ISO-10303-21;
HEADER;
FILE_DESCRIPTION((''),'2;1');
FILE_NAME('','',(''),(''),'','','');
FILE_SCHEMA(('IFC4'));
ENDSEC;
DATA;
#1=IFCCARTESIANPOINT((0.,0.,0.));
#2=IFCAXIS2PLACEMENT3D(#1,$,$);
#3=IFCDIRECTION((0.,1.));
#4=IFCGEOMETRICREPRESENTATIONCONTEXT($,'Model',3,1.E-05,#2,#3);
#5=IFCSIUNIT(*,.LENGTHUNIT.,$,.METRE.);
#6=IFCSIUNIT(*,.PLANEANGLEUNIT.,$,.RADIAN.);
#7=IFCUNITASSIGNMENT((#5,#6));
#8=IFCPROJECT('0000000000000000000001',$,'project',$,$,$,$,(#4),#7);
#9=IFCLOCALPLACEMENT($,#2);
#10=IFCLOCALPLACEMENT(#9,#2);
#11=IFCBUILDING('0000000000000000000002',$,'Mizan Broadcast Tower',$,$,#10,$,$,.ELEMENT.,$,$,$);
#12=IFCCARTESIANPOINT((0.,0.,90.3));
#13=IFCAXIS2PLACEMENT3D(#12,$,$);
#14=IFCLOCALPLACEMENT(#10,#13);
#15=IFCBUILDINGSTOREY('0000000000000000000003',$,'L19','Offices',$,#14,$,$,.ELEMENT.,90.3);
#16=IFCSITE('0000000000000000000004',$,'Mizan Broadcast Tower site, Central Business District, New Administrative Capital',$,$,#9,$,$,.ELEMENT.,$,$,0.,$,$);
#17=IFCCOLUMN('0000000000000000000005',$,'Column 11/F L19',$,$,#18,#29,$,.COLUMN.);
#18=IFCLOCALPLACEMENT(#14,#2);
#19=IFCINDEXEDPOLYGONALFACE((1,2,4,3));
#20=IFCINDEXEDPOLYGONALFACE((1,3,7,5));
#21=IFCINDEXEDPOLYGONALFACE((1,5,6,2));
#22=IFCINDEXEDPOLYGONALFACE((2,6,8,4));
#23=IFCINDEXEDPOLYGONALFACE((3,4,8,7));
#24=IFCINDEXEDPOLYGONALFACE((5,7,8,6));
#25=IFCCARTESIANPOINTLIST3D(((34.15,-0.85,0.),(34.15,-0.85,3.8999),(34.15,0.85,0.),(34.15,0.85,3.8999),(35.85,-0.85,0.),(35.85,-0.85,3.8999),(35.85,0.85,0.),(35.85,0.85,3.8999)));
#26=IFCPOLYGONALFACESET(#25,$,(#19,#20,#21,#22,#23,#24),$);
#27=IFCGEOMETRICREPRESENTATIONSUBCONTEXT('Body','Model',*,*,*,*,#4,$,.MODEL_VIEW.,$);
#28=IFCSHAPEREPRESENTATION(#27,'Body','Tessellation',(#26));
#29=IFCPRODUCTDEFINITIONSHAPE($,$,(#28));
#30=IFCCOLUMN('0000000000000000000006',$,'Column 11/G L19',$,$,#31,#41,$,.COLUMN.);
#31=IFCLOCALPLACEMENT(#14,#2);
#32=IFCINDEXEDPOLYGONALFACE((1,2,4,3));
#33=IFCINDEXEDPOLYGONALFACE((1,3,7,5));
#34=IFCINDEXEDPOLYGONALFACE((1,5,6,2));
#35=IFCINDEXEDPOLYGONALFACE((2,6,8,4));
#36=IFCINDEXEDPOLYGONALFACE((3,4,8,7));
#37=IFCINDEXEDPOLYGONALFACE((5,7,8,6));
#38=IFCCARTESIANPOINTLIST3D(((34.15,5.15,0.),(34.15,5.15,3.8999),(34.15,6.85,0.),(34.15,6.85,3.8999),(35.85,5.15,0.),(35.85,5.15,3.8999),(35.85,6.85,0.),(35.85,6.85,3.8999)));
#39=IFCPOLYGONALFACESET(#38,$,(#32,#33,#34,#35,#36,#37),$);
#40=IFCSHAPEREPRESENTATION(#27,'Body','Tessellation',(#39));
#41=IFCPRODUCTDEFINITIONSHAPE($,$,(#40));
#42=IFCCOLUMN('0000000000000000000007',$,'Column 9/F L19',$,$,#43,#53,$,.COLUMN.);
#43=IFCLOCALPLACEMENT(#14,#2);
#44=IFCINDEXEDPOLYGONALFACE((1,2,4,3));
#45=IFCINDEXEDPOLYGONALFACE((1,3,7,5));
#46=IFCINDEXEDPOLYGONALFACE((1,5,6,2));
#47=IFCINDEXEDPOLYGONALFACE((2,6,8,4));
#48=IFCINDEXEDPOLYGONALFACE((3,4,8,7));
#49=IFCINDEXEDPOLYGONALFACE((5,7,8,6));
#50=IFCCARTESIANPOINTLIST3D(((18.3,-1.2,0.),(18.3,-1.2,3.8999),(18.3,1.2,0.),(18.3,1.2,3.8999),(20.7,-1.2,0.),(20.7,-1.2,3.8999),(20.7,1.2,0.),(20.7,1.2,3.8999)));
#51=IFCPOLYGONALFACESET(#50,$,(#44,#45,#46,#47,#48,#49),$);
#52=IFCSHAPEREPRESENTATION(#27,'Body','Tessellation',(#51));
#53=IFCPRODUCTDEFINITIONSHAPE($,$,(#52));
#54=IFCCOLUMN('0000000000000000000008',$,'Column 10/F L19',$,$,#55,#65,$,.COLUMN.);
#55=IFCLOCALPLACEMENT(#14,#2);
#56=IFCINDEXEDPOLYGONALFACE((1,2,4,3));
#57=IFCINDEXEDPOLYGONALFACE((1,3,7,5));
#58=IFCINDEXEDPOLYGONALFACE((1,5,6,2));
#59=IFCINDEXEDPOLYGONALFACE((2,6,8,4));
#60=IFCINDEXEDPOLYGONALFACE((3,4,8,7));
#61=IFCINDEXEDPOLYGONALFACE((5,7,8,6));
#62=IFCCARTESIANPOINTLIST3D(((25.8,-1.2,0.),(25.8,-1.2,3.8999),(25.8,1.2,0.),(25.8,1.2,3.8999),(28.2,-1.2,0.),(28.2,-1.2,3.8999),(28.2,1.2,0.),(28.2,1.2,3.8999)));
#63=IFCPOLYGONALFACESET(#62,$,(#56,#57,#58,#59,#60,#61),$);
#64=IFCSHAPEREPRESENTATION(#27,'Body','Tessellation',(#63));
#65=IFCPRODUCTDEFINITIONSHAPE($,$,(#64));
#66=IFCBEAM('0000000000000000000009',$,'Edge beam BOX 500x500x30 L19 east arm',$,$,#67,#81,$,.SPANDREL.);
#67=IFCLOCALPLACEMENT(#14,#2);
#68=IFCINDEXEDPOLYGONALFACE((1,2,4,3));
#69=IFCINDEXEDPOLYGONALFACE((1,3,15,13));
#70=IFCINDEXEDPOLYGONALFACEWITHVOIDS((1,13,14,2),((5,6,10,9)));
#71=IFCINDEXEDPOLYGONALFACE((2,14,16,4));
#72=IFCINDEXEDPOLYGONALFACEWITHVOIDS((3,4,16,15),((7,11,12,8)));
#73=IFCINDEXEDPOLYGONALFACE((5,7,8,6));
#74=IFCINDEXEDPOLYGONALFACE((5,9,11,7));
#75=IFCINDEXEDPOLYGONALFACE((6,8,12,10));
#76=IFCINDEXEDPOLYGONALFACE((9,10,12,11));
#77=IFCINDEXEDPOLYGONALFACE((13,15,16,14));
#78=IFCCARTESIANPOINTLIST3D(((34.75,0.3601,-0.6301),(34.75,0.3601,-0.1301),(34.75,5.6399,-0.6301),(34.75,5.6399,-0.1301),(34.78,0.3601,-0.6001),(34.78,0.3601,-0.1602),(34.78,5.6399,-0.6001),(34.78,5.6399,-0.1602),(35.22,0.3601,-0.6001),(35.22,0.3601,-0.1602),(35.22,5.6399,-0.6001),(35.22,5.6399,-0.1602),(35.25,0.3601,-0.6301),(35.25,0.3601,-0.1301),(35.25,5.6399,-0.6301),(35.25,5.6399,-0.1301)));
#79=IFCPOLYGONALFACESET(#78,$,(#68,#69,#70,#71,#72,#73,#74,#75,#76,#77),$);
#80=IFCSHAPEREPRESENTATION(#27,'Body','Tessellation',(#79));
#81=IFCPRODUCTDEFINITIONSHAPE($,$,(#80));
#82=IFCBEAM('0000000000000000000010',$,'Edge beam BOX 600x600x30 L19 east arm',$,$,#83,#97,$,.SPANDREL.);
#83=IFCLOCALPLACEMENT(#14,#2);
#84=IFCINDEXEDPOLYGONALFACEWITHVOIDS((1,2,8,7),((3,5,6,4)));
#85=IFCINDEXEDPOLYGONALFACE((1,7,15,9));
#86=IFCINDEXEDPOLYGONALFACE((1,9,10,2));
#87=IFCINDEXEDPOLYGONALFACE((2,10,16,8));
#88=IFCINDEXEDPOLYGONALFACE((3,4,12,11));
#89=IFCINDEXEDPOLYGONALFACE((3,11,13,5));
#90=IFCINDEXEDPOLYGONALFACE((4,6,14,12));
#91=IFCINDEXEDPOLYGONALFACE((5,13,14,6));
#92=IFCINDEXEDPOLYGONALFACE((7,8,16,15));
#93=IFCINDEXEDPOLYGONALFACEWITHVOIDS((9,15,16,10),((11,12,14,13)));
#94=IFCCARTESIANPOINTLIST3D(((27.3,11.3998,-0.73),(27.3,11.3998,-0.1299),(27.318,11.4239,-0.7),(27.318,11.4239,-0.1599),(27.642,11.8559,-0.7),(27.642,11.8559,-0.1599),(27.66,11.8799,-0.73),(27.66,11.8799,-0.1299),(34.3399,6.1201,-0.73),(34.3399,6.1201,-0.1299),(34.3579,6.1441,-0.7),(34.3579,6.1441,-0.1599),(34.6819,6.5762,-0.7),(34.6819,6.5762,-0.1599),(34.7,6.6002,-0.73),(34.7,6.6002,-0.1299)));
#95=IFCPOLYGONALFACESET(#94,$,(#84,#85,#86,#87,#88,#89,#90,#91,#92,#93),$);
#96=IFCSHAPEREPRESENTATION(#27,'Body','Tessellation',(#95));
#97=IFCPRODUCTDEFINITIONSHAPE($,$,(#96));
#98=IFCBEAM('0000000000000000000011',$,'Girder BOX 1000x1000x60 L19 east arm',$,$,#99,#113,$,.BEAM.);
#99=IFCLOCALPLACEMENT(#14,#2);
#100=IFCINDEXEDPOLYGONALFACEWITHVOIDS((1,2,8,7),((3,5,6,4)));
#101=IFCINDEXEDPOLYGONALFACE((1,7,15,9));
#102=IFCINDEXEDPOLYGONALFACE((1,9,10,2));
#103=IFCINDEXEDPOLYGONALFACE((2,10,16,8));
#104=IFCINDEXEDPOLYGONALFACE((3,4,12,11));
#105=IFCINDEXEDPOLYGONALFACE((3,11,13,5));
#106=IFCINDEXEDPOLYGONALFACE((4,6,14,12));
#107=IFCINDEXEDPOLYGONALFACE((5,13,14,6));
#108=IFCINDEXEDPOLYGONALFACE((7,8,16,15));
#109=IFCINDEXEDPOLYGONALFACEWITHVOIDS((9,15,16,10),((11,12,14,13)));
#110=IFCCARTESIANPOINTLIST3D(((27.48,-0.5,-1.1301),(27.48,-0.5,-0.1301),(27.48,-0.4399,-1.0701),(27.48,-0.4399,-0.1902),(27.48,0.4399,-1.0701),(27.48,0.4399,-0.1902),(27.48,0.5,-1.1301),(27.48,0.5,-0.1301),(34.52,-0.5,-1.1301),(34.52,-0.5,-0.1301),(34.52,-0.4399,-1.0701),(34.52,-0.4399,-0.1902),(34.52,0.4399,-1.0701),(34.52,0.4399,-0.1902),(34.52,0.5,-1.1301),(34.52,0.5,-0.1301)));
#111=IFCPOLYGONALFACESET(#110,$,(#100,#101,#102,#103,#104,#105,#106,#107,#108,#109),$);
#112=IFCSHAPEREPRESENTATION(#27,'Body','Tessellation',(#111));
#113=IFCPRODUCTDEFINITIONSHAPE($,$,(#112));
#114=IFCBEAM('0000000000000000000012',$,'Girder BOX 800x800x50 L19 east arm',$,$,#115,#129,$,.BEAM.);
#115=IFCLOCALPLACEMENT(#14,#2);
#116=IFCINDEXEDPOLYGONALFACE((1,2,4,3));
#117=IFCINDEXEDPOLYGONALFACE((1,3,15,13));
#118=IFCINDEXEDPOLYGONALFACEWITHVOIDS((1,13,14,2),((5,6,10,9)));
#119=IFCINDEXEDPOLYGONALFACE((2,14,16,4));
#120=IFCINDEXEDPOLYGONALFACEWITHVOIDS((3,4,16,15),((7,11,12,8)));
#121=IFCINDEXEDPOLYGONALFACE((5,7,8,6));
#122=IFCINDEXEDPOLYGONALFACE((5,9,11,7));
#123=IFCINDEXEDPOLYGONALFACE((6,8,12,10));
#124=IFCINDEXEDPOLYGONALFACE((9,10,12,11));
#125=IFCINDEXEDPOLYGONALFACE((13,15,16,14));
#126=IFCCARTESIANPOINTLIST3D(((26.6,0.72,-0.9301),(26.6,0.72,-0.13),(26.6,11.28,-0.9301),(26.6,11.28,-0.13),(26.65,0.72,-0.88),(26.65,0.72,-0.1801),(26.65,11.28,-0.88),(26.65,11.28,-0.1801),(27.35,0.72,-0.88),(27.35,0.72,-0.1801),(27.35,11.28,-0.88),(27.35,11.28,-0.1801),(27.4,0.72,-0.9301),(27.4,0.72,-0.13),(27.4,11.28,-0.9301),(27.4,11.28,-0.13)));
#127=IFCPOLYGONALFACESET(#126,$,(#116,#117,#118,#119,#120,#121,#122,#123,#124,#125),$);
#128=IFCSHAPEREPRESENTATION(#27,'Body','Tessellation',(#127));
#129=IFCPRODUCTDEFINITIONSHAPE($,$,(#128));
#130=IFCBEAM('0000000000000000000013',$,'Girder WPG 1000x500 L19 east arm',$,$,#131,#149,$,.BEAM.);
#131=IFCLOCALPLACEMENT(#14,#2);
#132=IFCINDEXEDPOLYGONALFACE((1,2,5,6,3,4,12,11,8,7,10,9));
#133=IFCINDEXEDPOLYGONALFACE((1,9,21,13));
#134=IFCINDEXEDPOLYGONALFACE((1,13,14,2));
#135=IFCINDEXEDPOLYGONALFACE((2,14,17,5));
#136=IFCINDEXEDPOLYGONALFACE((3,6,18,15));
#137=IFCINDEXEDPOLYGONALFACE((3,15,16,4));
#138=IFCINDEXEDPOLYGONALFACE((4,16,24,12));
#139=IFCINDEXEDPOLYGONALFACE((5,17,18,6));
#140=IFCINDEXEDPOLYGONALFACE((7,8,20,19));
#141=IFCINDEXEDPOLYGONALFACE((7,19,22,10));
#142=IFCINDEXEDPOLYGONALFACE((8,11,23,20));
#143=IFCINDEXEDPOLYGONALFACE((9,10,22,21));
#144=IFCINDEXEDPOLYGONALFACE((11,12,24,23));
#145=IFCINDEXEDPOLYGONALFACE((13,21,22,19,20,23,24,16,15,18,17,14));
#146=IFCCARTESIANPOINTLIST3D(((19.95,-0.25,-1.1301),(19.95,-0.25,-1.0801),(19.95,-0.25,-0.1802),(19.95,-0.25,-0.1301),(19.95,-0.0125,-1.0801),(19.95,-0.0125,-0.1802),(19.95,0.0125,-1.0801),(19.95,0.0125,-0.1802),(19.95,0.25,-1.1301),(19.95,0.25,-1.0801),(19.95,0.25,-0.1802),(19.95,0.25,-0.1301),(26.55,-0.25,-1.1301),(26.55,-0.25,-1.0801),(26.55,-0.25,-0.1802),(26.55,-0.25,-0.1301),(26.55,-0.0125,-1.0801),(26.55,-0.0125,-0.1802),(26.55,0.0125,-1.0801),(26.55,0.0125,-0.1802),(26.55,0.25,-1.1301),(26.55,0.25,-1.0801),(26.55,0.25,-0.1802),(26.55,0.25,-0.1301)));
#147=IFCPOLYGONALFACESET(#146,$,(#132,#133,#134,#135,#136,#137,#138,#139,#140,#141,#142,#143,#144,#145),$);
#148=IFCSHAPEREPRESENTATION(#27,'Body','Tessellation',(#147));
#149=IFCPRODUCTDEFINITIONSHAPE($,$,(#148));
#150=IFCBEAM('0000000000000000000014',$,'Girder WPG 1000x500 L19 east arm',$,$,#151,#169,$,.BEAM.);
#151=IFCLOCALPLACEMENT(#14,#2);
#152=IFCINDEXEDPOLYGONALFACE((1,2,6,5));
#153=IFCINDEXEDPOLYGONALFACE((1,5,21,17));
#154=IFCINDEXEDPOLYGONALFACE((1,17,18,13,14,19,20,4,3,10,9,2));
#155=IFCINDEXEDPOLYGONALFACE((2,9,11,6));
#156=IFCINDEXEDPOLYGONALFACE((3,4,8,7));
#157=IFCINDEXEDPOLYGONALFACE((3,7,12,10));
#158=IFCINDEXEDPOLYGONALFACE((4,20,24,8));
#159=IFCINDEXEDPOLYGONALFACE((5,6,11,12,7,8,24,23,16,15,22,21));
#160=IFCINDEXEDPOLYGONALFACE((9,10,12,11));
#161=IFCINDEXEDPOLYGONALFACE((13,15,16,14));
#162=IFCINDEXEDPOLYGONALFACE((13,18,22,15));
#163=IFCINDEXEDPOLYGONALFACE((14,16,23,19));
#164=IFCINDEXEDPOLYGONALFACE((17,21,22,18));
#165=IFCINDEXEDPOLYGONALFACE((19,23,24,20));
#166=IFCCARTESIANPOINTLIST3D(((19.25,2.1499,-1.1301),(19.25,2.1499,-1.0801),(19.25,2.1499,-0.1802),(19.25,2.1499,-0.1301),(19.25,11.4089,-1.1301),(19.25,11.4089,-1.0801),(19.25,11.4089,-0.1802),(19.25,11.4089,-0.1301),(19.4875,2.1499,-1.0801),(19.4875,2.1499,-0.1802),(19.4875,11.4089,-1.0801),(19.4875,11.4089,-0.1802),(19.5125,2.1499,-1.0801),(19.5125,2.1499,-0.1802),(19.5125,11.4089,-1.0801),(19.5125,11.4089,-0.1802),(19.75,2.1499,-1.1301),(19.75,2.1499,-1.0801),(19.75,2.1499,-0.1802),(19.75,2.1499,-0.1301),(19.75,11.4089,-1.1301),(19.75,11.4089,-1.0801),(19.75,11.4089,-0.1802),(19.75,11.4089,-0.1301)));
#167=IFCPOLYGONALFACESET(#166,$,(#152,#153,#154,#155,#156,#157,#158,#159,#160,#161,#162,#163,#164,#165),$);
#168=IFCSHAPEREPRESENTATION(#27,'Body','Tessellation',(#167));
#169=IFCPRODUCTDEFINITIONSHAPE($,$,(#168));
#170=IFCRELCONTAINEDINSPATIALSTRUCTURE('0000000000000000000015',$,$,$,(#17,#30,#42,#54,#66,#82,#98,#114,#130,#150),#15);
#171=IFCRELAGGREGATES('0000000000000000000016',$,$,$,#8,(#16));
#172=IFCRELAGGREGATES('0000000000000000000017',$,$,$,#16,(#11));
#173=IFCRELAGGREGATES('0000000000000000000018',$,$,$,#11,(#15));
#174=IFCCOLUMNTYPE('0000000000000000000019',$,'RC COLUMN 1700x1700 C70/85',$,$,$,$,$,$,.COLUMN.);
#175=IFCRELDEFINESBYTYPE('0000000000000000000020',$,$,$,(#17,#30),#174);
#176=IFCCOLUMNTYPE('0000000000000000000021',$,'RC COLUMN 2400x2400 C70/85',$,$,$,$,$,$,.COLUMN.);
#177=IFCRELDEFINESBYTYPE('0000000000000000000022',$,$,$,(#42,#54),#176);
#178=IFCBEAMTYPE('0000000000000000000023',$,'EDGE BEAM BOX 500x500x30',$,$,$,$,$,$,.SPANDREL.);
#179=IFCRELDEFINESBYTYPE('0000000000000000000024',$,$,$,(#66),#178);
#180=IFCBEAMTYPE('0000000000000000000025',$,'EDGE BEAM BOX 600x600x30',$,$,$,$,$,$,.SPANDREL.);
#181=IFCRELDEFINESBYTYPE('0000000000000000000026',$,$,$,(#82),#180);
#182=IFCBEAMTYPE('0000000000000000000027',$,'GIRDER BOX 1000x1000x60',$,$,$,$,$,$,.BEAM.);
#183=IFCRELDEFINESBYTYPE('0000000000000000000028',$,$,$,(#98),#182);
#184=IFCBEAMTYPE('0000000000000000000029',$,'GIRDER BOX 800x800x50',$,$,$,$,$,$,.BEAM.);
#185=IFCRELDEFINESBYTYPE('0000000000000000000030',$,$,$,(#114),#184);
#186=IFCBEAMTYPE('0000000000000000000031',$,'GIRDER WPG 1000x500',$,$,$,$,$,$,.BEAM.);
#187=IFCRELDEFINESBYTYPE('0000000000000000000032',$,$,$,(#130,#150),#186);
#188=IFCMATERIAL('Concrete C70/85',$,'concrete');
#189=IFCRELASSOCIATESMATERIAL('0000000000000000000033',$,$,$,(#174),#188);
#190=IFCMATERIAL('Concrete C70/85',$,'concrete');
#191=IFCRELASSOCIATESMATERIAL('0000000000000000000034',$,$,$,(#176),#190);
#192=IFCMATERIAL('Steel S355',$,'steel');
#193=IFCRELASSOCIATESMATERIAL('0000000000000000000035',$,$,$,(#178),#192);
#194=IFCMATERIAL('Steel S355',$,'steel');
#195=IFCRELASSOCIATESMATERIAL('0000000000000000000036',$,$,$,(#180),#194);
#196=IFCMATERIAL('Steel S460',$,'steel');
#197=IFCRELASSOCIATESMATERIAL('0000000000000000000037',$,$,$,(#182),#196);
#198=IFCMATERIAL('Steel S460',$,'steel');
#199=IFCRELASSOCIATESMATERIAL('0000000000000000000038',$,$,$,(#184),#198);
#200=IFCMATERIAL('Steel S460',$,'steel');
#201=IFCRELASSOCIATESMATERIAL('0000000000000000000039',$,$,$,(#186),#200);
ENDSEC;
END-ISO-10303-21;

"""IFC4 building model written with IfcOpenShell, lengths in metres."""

from ifc_helpers import new_model, si_unit, direction, frame, origin, origin_2d, place, context, subcontext, project, spatial, rectangle, hollow_rectangle, i_section, extrude, material, material_profile, profile_set, type_object, element, save


model = new_model("IFC4")

# Units and contexts
model_context = context("Model", 3, precision=1e-05, world=origin(), true_north=direction((0.0, 1.0)))
body_context = subcontext(model_context, "Body", "Model", "MODEL_VIEW")
ifc_project = project(units=[si_unit("LENGTHUNIT", "METRE"), si_unit("PLANEANGLEUNIT", "RADIAN")], contexts=[model_context])

# Site, building, storey
site_placement = place(None, origin())
site = spatial("IfcSite", under=ifc_project, at=site_placement, Name="Mizan Broadcast Tower site, Central Business District, New Administrative Capital", CompositionType="ELEMENT", RefElevation=0.0)
building_placement = place(site_placement, origin())
building = spatial("IfcBuilding", under=site, at=building_placement, Name="Mizan Broadcast Tower", CompositionType="ELEMENT")
storey_placement = place(building_placement, frame((0.0, 0.0, 90.3)))
storey = spatial("IfcBuildingStorey", under=building, at=storey_placement, Name="L19", Description="Offices", CompositionType="ELEMENT", Elevation=90.3)

# Columns
ifc_material_1 = material(Name="Concrete C70/85", Category="concrete")
ifc_material_profile_1 = material_profile(ifc_material_1, rectangle(XDim=1.7, YDim=1.7, at=origin_2d()), Name="RC 1700x1700")
ifc_profile_set_1 = profile_set([ifc_material_profile_1], Name="Concrete C70/85")
column_type_1 = type_object("IfcColumnType", Name="RC COLUMN 1700x1700 C70/85", PredefinedType="COLUMN", material=ifc_profile_set_1)
for number, where, z_axis, x_axis, name in (
    (1, (35.0, 0.0, 0.0), (0.0, 0.0, 1.0), (1.0, 0.0, 0.0), "Column 11/F L19"),
    (2, (35.0, 6.0, 0.0), (0.0, 0.0, 1.0), (1.0, 0.0, 0.0), "Column 11/G L19"),
):
    element("IfcColumn", number, at=place(storey_placement, frame(where, z_axis=z_axis, x_axis=x_axis)), inside=storey, type_object=column_type_1, Name=name, PredefinedType="COLUMN", context=body_context, shape_type="SweptSolid", body=[
        extrude(rectangle(XDim=1.7, YDim=1.7, at=origin_2d()), origin(), (0.0, 0.0, 1.0), 3.8999),
    ])
ifc_material_2 = material(Name="Concrete C70/85", Category="concrete")
ifc_material_profile_2 = material_profile(ifc_material_2, rectangle(XDim=2.3999, YDim=2.3999, at=origin_2d()), Name="RC 2400x2400")
ifc_profile_set_2 = profile_set([ifc_material_profile_2], Name="Concrete C70/85")
column_type_2 = type_object("IfcColumnType", Name="RC COLUMN 2400x2400 C70/85", PredefinedType="COLUMN", material=ifc_profile_set_2)
for number, where, z_axis, x_axis, name in (
    (3, (19.5, 0.0, 0.0), (0.0, 0.0, 1.0), (1.0, 0.0, 0.0), "Column 9/F L19"),
    (4, (27.0, 0.0, 0.0), (0.0, 0.0, 1.0), (1.0, 0.0, 0.0), "Column 10/F L19"),
):
    element("IfcColumn", number, at=place(storey_placement, frame(where, z_axis=z_axis, x_axis=x_axis)), inside=storey, type_object=column_type_2, Name=name, PredefinedType="COLUMN", context=body_context, shape_type="SweptSolid", body=[
        extrude(rectangle(XDim=2.3999, YDim=2.3999, at=origin_2d()), origin(), (0.0, 0.0, 1.0), 3.8999),
    ])

# Beams
ifc_material_3 = material(Name="Steel S355", Category="steel")
ifc_material_profile_3 = material_profile(ifc_material_3, hollow_rectangle(XDim=0.5, YDim=0.5, WallThickness=0.03, at=origin_2d()), Name="BOX 500x500x30")
ifc_profile_set_3 = profile_set([ifc_material_profile_3], Name="Steel S355")
beam_type_1 = type_object("IfcBeamType", Name="EDGE BEAM BOX 500x500x30", PredefinedType="SPANDREL", material=ifc_profile_set_3)
beam_1_placement = place(storey_placement, frame((35.0, 5.6399, -0.3801), z_axis=(0.0, -1.0, 0.0), x_axis=(1.0, 0.0, 0.0)))
element("IfcBeam", 5, at=beam_1_placement, inside=storey, type_object=beam_type_1, Name="Edge beam BOX 500x500x30 L19 east arm", PredefinedType="SPANDREL", context=body_context, shape_type="SweptSolid", body=[
    extrude(hollow_rectangle(XDim=0.5, YDim=0.5, WallThickness=0.03, at=origin_2d()), origin(), (0.0, 0.0, 1.0), 5.2798),
])
ifc_material_4 = material(Name="Steel S355", Category="steel")
ifc_material_profile_4 = material_profile(ifc_material_4, hollow_rectangle(XDim=0.6001, YDim=0.6001, WallThickness=0.03, at=origin_2d()), Name="BOX 600x600x30")
ifc_profile_set_4 = profile_set([ifc_material_profile_4], Name="Steel S355")
beam_type_2 = type_object("IfcBeamType", Name="EDGE BEAM BOX 600x600x30", PredefinedType="SPANDREL", material=ifc_profile_set_4)
beam_2_placement = place(storey_placement, frame((27.48, 11.6399, -0.4299), z_axis=(0.800013, -0.599982, 0.0), x_axis=(0.599982, 0.800013, 0.0)))
element("IfcBeam", 6, at=beam_2_placement, inside=storey, type_object=beam_type_2, Name="Edge beam BOX 600x600x30 L19 east arm", PredefinedType="SPANDREL", context=body_context, shape_type="SweptSolid", body=[
    extrude(hollow_rectangle(XDim=0.6001, YDim=0.6001, WallThickness=0.03, at=origin_2d()), origin(), (0.0, 0.0, 1.0), 8.7998),
])
ifc_material_5 = material(Name="Steel S460", Category="steel")
ifc_material_profile_5 = material_profile(ifc_material_5, hollow_rectangle(XDim=1.0, YDim=1.0, WallThickness=0.0601, at=origin_2d()), Name="BOX 1000x1000x60")
ifc_profile_set_5 = profile_set([ifc_material_profile_5], Name="Steel S460")
beam_type_3 = type_object("IfcBeamType", Name="GIRDER BOX 1000x1000x60", PredefinedType="BEAM", material=ifc_profile_set_5)
beam_3_placement = place(storey_placement, frame((27.48, 0.0, -0.6301), z_axis=(1.0, 0.0, 0.0), x_axis=(0.0, 1.0, 0.0)))
element("IfcBeam", 7, at=beam_3_placement, inside=storey, type_object=beam_type_3, Name="Girder BOX 1000x1000x60 L19 east arm", PredefinedType="BEAM", context=body_context, shape_type="SweptSolid", body=[
    extrude(hollow_rectangle(XDim=1.0, YDim=1.0, WallThickness=0.0601, at=origin_2d()), origin(), (0.0, 0.0, 1.0), 7.04),
])
ifc_material_6 = material(Name="Steel S460", Category="steel")
ifc_material_profile_6 = material_profile(ifc_material_6, hollow_rectangle(XDim=0.8, YDim=0.8, WallThickness=0.05, at=origin_2d()), Name="BOX 800x800x50")
ifc_profile_set_6 = profile_set([ifc_material_profile_6], Name="Steel S460")
beam_type_4 = type_object("IfcBeamType", Name="GIRDER BOX 800x800x50", PredefinedType="BEAM", material=ifc_profile_set_6)
beam_4_placement = place(storey_placement, frame((27.0, 11.28, -0.53), z_axis=(0.0, -1.0, 0.0), x_axis=(1.0, 0.0, 0.0)))
element("IfcBeam", 8, at=beam_4_placement, inside=storey, type_object=beam_type_4, Name="Girder BOX 800x800x50 L19 east arm", PredefinedType="BEAM", context=body_context, shape_type="SweptSolid", body=[
    extrude(hollow_rectangle(XDim=0.8, YDim=0.8, WallThickness=0.05, at=origin_2d()), origin(), (0.0, 0.0, 1.0), 10.5601),
])
ifc_material_7 = material(Name="Steel S460", Category="steel")
ifc_material_profile_7 = material_profile(ifc_material_7, i_section(OverallWidth=0.5, OverallDepth=1.0, WebThickness=0.0249, FlangeThickness=0.05, at=origin_2d()), Name="WPG 1000x500")
ifc_profile_set_7 = profile_set([ifc_material_profile_7], Name="Steel S460")
beam_type_5 = type_object("IfcBeamType", Name="GIRDER WPG 1000x500", PredefinedType="BEAM", material=ifc_profile_set_7)
beam_5_placement = place(storey_placement, frame((19.95, 0.0, -0.6301), z_axis=(1.0, 0.0, 0.0), x_axis=(0.0, 1.0, 0.0)))
element("IfcBeam", 9, at=beam_5_placement, inside=storey, type_object=beam_type_5, Name="Girder WPG 1000x500 L19 east arm", PredefinedType="BEAM", context=body_context, shape_type="SweptSolid", body=[
    extrude(i_section(OverallWidth=0.5, OverallDepth=1.0, WebThickness=0.0249, FlangeThickness=0.05, at=origin_2d()), origin(), (0.0, 0.0, 1.0), 6.6001),
])
beam_6_placement = place(storey_placement, frame((19.5, 11.4089, -0.6301), z_axis=(0.0, -1.0, 0.0), x_axis=(1.0, 0.0, 0.0)))
element("IfcBeam", 10, at=beam_6_placement, inside=storey, type_object=beam_type_5, Name="Girder WPG 1000x500 L19 east arm", PredefinedType="BEAM", context=body_context, shape_type="SweptSolid", body=[
    extrude(i_section(OverallWidth=0.5, OverallDepth=1.0, WebThickness=0.0249, FlangeThickness=0.05, at=origin_2d()), origin(), (0.0, 0.0, 1.0), 9.259),
])

save(model, "model.ifc")
